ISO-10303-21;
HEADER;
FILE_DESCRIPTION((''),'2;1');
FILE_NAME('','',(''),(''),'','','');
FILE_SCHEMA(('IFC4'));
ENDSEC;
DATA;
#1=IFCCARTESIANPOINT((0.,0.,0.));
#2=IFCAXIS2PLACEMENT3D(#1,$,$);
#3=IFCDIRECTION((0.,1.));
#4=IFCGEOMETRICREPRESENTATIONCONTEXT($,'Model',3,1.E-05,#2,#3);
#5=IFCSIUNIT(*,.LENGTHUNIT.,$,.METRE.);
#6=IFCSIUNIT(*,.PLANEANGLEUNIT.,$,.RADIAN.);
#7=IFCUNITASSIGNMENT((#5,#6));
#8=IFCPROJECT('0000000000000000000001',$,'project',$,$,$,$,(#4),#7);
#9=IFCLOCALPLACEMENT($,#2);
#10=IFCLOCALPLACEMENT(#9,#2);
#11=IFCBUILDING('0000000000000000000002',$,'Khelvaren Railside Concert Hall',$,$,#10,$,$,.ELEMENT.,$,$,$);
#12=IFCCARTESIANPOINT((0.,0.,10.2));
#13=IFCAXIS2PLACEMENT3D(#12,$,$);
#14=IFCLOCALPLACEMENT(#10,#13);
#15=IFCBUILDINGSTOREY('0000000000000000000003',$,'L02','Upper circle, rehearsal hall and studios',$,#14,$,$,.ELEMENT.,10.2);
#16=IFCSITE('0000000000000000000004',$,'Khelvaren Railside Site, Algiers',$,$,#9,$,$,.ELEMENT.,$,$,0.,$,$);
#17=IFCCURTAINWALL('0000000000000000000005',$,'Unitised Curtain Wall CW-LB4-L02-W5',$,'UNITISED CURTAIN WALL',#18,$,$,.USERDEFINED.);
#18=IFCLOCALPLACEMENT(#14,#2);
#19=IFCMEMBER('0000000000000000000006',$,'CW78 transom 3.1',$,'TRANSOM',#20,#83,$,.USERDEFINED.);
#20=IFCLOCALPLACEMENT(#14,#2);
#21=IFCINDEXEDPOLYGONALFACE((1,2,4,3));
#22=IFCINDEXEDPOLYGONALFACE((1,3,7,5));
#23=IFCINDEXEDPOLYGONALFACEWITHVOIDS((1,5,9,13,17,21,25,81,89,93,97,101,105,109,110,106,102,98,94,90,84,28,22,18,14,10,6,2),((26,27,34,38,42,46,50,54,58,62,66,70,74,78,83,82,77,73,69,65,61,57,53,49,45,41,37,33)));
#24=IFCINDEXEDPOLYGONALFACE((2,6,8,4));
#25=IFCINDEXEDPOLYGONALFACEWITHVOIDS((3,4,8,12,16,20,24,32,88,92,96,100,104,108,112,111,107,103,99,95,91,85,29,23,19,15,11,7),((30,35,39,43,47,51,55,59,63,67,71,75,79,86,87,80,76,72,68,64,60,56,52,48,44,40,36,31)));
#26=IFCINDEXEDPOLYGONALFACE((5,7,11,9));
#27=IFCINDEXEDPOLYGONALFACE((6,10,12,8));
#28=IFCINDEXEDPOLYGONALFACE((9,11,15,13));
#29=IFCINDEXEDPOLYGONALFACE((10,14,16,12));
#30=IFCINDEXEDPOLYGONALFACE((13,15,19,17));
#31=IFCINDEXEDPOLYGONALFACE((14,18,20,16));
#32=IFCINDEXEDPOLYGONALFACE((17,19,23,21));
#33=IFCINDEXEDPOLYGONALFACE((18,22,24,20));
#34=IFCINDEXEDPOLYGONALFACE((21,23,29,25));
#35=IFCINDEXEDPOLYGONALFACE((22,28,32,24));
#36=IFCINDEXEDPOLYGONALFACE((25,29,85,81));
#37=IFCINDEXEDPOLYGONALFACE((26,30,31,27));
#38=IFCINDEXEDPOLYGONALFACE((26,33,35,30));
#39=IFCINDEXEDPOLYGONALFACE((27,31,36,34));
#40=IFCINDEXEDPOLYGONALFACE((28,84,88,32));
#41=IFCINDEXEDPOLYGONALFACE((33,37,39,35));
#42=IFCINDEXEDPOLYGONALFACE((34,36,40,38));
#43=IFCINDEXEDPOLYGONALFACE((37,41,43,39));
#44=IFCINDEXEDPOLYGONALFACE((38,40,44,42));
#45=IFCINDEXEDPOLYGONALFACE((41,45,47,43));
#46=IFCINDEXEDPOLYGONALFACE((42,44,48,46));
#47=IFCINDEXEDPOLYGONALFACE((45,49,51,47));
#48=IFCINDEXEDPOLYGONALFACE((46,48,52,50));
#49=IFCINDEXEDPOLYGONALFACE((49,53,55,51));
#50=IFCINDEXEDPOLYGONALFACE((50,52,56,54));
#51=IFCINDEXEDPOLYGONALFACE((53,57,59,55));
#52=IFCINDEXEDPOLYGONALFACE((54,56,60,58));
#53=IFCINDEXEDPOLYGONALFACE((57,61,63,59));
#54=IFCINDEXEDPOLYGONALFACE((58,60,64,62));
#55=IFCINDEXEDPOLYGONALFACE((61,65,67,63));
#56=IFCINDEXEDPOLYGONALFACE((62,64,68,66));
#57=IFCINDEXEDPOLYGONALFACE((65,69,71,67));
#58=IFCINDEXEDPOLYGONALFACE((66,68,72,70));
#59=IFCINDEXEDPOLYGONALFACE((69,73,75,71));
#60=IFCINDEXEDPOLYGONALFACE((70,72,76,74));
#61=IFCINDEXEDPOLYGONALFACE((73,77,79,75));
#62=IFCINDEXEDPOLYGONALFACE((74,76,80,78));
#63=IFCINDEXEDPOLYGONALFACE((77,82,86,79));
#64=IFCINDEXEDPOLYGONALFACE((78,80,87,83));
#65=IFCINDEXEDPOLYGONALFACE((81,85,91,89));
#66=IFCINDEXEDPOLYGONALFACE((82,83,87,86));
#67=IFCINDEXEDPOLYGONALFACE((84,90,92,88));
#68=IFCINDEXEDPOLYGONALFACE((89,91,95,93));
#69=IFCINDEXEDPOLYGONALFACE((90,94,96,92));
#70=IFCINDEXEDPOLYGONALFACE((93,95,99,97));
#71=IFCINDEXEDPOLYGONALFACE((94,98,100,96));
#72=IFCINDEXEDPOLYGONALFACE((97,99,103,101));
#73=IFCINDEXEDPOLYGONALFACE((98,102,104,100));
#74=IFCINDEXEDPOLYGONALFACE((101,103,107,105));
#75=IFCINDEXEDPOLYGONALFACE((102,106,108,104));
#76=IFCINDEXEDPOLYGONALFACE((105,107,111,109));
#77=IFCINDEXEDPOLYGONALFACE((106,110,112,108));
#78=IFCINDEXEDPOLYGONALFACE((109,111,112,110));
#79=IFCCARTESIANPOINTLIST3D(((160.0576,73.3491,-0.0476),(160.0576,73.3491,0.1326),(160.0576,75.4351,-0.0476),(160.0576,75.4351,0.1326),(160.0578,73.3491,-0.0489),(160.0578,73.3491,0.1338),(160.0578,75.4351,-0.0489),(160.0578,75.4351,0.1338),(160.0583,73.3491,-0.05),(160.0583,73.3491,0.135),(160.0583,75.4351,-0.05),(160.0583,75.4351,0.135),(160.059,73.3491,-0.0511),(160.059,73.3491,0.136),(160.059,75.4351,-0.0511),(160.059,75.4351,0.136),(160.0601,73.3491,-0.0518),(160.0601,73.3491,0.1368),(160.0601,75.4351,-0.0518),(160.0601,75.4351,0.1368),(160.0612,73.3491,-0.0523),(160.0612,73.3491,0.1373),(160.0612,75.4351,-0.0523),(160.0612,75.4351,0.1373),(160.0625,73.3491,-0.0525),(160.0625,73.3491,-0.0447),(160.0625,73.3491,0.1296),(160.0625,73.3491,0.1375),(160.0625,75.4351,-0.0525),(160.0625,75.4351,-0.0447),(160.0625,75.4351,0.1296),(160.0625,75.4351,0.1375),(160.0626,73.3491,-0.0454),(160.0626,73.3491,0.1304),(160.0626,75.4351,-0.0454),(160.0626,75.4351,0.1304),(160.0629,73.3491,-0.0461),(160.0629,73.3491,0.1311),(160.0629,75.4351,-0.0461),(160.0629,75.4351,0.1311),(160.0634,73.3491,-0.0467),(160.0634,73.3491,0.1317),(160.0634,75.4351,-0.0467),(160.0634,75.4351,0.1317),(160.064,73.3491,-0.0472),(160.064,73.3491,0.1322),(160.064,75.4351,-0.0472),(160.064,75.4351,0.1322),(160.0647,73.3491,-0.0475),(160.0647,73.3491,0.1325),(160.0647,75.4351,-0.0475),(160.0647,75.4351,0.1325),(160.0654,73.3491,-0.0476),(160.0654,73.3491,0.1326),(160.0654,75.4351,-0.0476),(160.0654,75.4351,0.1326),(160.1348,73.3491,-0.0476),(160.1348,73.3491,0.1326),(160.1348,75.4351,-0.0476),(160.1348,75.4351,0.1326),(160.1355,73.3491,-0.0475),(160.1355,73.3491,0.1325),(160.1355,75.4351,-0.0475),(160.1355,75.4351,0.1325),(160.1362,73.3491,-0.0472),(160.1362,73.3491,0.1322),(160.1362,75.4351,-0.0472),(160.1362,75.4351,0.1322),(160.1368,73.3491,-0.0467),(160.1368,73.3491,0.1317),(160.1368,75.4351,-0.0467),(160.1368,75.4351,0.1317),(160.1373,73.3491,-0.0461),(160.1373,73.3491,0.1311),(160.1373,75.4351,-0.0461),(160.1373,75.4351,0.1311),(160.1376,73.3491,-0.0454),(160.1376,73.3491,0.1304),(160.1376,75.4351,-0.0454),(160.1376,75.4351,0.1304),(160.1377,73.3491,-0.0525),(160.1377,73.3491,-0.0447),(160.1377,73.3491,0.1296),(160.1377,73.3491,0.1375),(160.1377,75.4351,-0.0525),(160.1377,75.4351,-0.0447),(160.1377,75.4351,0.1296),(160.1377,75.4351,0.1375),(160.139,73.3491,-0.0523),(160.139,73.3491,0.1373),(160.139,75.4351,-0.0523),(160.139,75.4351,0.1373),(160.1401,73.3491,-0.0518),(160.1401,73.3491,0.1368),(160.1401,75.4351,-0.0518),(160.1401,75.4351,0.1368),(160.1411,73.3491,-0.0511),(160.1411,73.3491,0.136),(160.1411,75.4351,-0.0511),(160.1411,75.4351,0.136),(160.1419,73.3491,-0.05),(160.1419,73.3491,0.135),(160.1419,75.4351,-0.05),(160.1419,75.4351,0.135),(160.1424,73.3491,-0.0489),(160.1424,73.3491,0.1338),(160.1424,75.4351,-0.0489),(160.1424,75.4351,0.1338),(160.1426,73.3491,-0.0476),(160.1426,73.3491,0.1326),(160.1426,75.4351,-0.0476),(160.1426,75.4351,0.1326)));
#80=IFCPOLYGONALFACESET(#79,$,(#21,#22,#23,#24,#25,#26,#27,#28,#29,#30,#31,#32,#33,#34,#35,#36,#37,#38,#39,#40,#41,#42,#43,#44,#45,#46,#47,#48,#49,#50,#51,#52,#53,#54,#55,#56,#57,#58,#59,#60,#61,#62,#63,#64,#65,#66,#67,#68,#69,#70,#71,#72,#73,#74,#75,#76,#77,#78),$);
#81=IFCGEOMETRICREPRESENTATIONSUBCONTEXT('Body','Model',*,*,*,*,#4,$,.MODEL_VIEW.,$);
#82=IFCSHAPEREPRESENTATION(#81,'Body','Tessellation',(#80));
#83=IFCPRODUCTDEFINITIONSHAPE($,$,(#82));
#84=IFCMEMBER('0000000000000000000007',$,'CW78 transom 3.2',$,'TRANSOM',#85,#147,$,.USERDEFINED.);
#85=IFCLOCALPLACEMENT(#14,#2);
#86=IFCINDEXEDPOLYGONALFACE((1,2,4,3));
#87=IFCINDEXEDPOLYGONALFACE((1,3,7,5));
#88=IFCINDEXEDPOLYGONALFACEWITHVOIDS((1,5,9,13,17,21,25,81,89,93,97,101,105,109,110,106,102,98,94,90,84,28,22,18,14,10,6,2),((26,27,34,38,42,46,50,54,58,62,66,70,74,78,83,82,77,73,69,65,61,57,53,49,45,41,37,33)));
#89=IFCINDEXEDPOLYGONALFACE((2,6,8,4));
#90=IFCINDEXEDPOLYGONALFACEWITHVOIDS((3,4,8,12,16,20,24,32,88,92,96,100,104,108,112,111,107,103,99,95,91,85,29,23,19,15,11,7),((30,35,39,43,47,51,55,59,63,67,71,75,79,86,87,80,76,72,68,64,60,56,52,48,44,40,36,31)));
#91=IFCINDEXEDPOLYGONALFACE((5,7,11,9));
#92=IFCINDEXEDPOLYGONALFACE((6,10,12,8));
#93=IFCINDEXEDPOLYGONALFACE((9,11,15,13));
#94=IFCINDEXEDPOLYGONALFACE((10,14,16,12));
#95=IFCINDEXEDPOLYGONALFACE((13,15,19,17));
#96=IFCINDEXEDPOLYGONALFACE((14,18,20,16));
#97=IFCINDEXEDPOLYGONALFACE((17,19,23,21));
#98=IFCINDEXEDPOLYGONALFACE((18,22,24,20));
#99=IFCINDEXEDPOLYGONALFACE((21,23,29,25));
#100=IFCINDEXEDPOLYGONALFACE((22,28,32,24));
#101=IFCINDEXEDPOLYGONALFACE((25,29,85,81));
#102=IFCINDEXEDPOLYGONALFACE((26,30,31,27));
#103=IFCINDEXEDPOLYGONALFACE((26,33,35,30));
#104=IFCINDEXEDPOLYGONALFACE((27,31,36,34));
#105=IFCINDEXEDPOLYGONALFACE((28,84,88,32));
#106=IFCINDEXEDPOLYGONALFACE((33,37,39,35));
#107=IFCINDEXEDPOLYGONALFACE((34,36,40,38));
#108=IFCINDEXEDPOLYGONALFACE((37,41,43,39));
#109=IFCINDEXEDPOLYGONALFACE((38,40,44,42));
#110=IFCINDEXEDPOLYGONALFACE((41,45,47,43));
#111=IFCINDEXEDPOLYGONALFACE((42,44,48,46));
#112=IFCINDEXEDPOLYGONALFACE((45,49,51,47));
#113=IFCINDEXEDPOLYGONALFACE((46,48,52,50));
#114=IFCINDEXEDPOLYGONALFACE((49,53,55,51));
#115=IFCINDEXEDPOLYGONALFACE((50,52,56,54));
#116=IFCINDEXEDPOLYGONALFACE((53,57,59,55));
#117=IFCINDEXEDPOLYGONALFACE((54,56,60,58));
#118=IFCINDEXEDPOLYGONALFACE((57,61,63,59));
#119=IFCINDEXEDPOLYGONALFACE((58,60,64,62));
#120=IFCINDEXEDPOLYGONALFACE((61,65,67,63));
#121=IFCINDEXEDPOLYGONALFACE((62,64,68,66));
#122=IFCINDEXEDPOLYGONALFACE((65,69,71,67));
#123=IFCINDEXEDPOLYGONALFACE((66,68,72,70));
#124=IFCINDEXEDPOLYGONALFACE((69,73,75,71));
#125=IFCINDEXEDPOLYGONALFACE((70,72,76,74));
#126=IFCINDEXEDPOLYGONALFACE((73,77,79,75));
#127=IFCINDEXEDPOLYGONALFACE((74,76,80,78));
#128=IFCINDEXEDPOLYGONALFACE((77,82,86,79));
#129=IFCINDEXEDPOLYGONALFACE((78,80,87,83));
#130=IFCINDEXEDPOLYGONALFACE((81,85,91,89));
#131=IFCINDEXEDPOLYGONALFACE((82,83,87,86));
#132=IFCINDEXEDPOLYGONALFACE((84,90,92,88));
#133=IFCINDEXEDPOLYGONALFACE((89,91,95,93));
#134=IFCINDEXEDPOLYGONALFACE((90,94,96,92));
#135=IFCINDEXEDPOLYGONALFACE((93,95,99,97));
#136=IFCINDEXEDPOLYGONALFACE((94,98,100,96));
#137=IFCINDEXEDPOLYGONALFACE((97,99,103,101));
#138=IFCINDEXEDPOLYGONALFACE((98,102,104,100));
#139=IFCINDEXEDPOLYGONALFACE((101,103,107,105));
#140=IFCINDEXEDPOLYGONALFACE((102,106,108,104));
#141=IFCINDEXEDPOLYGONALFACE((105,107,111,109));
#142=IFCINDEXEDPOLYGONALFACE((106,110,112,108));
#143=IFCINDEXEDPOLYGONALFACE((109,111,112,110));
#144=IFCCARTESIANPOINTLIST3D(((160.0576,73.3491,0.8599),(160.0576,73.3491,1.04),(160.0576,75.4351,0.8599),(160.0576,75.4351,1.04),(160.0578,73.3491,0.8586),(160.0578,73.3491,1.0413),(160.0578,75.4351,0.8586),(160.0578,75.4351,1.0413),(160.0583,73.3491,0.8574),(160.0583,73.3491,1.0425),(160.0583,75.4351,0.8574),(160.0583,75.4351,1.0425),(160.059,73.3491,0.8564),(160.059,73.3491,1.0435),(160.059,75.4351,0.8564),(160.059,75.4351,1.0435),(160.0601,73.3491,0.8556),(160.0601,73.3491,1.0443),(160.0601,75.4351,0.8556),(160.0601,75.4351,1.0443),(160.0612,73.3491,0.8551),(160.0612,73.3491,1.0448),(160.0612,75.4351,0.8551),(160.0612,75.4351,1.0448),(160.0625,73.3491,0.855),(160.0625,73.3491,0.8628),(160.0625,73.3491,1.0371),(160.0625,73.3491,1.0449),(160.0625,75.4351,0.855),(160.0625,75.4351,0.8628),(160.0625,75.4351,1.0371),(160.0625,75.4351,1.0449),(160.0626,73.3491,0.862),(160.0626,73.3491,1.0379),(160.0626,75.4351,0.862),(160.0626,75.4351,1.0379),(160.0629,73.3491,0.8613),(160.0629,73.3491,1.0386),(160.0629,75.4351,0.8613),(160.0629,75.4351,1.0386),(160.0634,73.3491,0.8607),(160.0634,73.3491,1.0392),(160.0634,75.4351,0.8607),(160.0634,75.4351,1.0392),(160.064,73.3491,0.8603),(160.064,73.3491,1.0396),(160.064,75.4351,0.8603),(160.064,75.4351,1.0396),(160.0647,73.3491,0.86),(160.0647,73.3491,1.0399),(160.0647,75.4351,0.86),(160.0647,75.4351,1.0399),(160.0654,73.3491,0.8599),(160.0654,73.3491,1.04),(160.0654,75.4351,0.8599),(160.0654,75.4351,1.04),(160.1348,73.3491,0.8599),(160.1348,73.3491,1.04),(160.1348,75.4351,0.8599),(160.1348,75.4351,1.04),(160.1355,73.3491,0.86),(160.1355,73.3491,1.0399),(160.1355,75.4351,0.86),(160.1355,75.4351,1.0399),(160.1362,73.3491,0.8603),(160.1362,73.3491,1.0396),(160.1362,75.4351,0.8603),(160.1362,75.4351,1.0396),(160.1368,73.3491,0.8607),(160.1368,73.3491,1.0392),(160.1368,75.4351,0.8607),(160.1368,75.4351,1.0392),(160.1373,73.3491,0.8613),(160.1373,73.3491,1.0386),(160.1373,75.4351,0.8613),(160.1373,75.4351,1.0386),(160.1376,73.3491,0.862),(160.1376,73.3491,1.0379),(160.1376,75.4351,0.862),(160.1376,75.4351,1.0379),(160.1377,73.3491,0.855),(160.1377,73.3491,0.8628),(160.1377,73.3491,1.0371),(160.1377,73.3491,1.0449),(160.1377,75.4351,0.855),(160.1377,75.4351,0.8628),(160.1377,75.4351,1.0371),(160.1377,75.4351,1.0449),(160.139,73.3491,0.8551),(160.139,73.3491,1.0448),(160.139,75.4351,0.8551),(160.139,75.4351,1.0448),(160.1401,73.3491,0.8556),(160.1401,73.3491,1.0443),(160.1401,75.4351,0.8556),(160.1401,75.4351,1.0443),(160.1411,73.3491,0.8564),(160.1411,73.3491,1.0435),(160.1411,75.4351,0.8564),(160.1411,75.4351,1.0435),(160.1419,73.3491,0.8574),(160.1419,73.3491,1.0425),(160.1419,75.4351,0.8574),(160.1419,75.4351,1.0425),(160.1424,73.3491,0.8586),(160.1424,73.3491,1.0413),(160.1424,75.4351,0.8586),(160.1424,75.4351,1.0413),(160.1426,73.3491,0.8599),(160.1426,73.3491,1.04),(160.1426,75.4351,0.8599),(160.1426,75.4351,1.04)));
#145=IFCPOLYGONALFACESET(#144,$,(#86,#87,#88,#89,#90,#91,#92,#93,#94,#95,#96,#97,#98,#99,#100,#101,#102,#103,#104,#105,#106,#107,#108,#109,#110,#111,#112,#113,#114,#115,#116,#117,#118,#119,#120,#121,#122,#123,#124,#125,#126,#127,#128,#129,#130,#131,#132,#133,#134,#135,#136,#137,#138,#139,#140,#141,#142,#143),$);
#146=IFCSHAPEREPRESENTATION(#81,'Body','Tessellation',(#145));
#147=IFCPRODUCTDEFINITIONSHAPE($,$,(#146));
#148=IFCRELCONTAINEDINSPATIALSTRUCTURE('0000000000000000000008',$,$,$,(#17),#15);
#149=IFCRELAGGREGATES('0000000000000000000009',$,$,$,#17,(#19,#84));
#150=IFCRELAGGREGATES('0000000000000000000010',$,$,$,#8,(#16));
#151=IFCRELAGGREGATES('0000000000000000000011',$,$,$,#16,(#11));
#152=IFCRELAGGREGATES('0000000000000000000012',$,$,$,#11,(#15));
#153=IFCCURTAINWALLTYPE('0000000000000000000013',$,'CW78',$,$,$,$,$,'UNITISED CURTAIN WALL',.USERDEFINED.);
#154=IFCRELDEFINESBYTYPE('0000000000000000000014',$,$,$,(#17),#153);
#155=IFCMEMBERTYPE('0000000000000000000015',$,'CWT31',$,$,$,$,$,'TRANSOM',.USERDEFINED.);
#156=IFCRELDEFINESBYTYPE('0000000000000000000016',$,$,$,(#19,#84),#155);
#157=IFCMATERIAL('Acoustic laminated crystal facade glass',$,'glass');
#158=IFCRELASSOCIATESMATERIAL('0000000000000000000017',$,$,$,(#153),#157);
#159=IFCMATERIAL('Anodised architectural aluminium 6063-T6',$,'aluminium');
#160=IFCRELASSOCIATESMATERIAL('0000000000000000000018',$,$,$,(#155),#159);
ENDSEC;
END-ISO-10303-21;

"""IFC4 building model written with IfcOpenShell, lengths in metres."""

from ifc_helpers import new_model, si_unit, direction, frame, origin, origin_2d, place, context, subcontext, project, spatial, hollow_rectangle, extrude, material, material_profile, profile_set, type_object, element, aggregate, save


model = new_model("IFC4")

# Units and contexts
model_context = context("Model", 3, precision=1e-05, world=origin(), true_north=direction((0.0, 1.0)))
body_context = subcontext(model_context, "Body", "Model", "MODEL_VIEW")
ifc_project = project(units=[si_unit("LENGTHUNIT", "METRE"), si_unit("PLANEANGLEUNIT", "RADIAN")], contexts=[model_context])

# Site, building, storey
site_placement = place(None, origin())
site = spatial("IfcSite", under=ifc_project, at=site_placement, Name="Khelvaren Railside Site, Algiers", CompositionType="ELEMENT", RefElevation=0.0)
building_placement = place(site_placement, origin())
building = spatial("IfcBuilding", under=site, at=building_placement, Name="Khelvaren Railside Concert Hall", CompositionType="ELEMENT")
storey_placement = place(building_placement, frame((0.0, 0.0, 10.2)))
storey = spatial("IfcBuildingStorey", under=building, at=storey_placement, Name="L02", Description="Upper circle, rehearsal hall and studios", CompositionType="ELEMENT", Elevation=10.2)

# Curtain wall
ifc_material_1 = material(Name="Anodised architectural aluminium 6063-T6", Category="aluminium")
ifc_material_2 = material(Name="Acoustic laminated crystal facade glass", Category="glass")
curtain_wall_type_1 = type_object("IfcCurtainWallType", Name="CW78", ElementType="UNITISED CURTAIN WALL", PredefinedType="USERDEFINED", material=ifc_material_2)
curtain_wall_1_placement = place(storey_placement, origin())
curtain_wall_1 = element("IfcCurtainWall", 1, at=curtain_wall_1_placement, inside=storey, type_object=curtain_wall_type_1, Name="Unitised Curtain Wall CW-LB4-L02-W5", ObjectType="UNITISED CURTAIN WALL", PredefinedType="USERDEFINED")

# Members
ifc_material_profile_1 = material_profile(ifc_material_1, hollow_rectangle(XDim=0.085, YDim=0.1899, WallThickness=0.0049, InnerFilletRadius=0.0029, OuterFilletRadius=0.0049, at=origin_2d()), Name="CWT 85x190x5")
ifc_profile_set_1 = profile_set([ifc_material_profile_1], Name="Anodised architectural aluminium 6063-T6")
member_type_1 = type_object("IfcMemberType", Name="CWT31", ElementType="TRANSOM", PredefinedType="USERDEFINED", material=ifc_profile_set_1)
member_1_placement = place(storey_placement, frame((160.1001, 73.3491, 0.0425), z_axis=(0.0, 1.0, 0.0), x_axis=(-1.0, 0.0, 0.0)))
member_1 = element("IfcMember", 2, at=member_1_placement, type_object=member_type_1, Name="CW78 transom 3.1", ObjectType="TRANSOM", PredefinedType="USERDEFINED", context=body_context, shape_type="SweptSolid", body=[
    extrude(hollow_rectangle(XDim=0.085, YDim=0.1899, WallThickness=0.0049, InnerFilletRadius=0.0029, OuterFilletRadius=0.0049, at=origin_2d()), origin(), (0.0, 0.0, 1.0), 2.0859),
])
member_2_placement = place(storey_placement, frame((160.1001, 73.3491, 0.95), z_axis=(0.0, 1.0, 0.0), x_axis=(-1.0, 0.0, 0.0)))
member_2 = element("IfcMember", 3, at=member_2_placement, type_object=member_type_1, Name="CW78 transom 3.2", ObjectType="TRANSOM", PredefinedType="USERDEFINED", context=body_context, shape_type="SweptSolid", body=[
    extrude(hollow_rectangle(XDim=0.085, YDim=0.1899, WallThickness=0.0049, InnerFilletRadius=0.0029, OuterFilletRadius=0.0049, at=origin_2d()), origin(), (0.0, 0.0, 1.0), 2.0859),
])

aggregate(curtain_wall_1, [member_1, member_2])

save(model, "model.ifc")
